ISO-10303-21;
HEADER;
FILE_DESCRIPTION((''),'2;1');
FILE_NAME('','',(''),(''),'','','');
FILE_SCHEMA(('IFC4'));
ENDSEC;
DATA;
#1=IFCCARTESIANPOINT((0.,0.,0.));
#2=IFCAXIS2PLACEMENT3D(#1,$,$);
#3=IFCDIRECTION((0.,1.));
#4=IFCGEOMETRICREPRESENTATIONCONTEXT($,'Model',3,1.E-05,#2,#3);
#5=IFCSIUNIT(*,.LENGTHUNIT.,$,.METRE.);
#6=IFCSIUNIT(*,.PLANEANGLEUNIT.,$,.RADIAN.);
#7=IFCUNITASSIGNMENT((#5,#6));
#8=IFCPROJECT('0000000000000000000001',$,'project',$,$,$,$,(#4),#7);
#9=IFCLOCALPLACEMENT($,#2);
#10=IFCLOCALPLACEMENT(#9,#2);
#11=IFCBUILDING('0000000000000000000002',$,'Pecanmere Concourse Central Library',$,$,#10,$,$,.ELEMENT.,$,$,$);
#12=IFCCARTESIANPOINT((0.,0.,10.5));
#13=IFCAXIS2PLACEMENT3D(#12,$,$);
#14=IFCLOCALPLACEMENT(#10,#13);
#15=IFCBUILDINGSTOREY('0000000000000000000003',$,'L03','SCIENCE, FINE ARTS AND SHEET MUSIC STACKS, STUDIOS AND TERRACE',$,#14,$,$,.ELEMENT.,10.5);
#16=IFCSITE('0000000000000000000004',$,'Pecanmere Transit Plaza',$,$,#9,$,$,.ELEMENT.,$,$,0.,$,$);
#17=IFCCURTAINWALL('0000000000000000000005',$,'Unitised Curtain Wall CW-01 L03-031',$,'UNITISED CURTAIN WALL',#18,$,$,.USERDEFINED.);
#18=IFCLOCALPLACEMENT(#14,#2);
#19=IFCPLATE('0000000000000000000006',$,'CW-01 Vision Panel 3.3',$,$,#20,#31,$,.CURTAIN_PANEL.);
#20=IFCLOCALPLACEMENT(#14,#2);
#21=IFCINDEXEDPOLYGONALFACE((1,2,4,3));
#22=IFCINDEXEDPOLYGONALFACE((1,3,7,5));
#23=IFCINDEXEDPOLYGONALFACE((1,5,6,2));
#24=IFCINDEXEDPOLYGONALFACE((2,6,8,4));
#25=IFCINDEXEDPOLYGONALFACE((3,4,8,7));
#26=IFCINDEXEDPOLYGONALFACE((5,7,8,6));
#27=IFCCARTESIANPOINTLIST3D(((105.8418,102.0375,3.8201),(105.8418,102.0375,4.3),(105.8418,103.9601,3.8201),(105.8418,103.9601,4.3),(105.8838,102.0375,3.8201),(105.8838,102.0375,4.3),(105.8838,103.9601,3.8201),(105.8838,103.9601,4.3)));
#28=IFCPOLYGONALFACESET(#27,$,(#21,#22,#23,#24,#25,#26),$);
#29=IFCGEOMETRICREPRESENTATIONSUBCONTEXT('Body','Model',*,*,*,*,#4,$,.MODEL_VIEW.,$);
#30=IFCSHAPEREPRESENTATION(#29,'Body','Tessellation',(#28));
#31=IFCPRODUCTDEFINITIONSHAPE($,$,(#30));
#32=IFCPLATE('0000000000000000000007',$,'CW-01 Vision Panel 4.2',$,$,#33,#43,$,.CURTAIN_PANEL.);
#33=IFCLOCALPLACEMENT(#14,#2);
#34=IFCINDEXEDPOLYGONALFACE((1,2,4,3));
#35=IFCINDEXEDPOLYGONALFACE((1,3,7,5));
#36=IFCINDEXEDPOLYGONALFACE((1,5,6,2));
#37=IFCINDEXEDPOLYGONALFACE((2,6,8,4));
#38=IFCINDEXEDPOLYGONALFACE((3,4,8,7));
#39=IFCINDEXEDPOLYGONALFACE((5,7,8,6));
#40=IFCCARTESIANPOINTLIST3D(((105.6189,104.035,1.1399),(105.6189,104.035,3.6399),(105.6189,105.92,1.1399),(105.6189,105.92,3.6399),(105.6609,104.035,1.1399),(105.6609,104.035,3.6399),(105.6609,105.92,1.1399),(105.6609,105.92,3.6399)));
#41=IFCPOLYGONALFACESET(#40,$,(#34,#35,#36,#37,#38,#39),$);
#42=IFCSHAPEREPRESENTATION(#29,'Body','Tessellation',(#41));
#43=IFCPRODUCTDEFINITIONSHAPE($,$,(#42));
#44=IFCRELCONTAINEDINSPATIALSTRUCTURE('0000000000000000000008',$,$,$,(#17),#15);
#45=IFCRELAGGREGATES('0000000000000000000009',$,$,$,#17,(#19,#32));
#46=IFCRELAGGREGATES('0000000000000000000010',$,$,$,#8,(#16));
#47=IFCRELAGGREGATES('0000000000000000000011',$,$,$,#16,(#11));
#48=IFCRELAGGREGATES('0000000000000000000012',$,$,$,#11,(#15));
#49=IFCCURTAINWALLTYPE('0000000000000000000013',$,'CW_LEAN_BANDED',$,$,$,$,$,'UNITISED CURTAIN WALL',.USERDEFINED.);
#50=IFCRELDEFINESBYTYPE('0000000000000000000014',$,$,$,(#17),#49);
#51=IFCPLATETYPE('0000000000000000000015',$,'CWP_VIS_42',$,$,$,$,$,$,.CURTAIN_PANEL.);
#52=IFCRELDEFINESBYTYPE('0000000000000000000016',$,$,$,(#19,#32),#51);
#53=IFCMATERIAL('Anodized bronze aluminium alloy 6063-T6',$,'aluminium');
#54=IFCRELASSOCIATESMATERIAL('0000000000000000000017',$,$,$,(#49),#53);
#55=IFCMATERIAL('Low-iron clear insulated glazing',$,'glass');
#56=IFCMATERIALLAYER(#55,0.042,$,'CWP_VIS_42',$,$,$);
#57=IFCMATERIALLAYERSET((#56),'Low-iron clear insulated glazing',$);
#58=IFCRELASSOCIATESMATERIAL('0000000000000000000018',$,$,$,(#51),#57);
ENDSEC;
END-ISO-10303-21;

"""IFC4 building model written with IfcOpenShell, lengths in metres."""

from ifc_helpers import new_model, si_unit, direction, frame, origin, origin_2d, place, context, subcontext, project, spatial, rectangle, extrude, material, layer, layer_set, type_object, element, aggregate, save


model = new_model("IFC4")

# Units and contexts
model_context = context("Model", 3, precision=1e-05, world=origin(), true_north=direction((0.0, 1.0)))
body_context = subcontext(model_context, "Body", "Model", "MODEL_VIEW")
ifc_project = project(units=[si_unit("LENGTHUNIT", "METRE"), si_unit("PLANEANGLEUNIT", "RADIAN")], contexts=[model_context])

# Site, building, storey
site_placement = place(None, origin())
site = spatial("IfcSite", under=ifc_project, at=site_placement, Name="Pecanmere Transit Plaza", CompositionType="ELEMENT", RefElevation=0.0)
building_placement = place(site_placement, origin())
building = spatial("IfcBuilding", under=site, at=building_placement, Name="Pecanmere Concourse Central Library", CompositionType="ELEMENT")
storey_placement = place(building_placement, frame((0.0, 0.0, 10.5)))
storey = spatial("IfcBuildingStorey", under=building, at=storey_placement, Name="L03", Description="SCIENCE, FINE ARTS AND SHEET MUSIC STACKS, STUDIOS AND TERRACE", CompositionType="ELEMENT", Elevation=10.5)

# Curtain wall
ifc_material_1 = material(Name="Anodized bronze aluminium alloy 6063-T6", Category="aluminium")
curtain_wall_type = type_object("IfcCurtainWallType", Name="CW_LEAN_BANDED", ElementType="UNITISED CURTAIN WALL", PredefinedType="USERDEFINED", material=ifc_material_1)
curtain_wall_placement = place(storey_placement, origin())
curtain_wall = element("IfcCurtainWall", 1, at=curtain_wall_placement, inside=storey, type_object=curtain_wall_type, Name="Unitised Curtain Wall CW-01 L03-031", ObjectType="UNITISED CURTAIN WALL", PredefinedType="USERDEFINED")

# Plates
ifc_material_2 = material(Name="Low-iron clear insulated glazing", Category="glass")
ifc_layer_1 = layer(ifc_material_2, 0.042, Name="CWP_VIS_42")
ifc_layer_set_1 = layer_set([ifc_layer_1], Name="Low-iron clear insulated glazing")
plate_type_1 = type_object("IfcPlateType", Name="CWP_VIS_42", PredefinedType="CURTAIN_PANEL", material=ifc_layer_set_1)
plate_1_placement = place(storey_placement, frame((105.8628, 102.9988, 3.8201), z_axis=(0.0, 0.0, 1.0), x_axis=(0.0, 1.0, 0.0)))
plate_1 = element("IfcPlate", 2, at=plate_1_placement, type_object=plate_type_1, Name="CW-01 Vision Panel 3.3", PredefinedType="CURTAIN_PANEL", context=body_context, shape_type="SweptSolid", body=[
    extrude(rectangle(XDim=1.9226, YDim=0.042, at=origin_2d()), origin(), (0.0, 0.0, 1.0), 0.48),
])
plate_2_placement = place(storey_placement, frame((105.6399, 104.9775, 1.1399), z_axis=(0.0, 0.0, 1.0), x_axis=(0.0, 1.0, 0.0)))
plate_2 = element("IfcPlate", 3, at=plate_2_placement, type_object=plate_type_1, Name="CW-01 Vision Panel 4.2", PredefinedType="CURTAIN_PANEL", context=body_context, shape_type="SweptSolid", body=[
    extrude(rectangle(XDim=1.885, YDim=0.042, at=origin_2d()), origin(), (0.0, 0.0, 1.0), 2.5),
])
aggregate(curtain_wall, [plate_1, plate_2])

save(model, "model.ifc")
